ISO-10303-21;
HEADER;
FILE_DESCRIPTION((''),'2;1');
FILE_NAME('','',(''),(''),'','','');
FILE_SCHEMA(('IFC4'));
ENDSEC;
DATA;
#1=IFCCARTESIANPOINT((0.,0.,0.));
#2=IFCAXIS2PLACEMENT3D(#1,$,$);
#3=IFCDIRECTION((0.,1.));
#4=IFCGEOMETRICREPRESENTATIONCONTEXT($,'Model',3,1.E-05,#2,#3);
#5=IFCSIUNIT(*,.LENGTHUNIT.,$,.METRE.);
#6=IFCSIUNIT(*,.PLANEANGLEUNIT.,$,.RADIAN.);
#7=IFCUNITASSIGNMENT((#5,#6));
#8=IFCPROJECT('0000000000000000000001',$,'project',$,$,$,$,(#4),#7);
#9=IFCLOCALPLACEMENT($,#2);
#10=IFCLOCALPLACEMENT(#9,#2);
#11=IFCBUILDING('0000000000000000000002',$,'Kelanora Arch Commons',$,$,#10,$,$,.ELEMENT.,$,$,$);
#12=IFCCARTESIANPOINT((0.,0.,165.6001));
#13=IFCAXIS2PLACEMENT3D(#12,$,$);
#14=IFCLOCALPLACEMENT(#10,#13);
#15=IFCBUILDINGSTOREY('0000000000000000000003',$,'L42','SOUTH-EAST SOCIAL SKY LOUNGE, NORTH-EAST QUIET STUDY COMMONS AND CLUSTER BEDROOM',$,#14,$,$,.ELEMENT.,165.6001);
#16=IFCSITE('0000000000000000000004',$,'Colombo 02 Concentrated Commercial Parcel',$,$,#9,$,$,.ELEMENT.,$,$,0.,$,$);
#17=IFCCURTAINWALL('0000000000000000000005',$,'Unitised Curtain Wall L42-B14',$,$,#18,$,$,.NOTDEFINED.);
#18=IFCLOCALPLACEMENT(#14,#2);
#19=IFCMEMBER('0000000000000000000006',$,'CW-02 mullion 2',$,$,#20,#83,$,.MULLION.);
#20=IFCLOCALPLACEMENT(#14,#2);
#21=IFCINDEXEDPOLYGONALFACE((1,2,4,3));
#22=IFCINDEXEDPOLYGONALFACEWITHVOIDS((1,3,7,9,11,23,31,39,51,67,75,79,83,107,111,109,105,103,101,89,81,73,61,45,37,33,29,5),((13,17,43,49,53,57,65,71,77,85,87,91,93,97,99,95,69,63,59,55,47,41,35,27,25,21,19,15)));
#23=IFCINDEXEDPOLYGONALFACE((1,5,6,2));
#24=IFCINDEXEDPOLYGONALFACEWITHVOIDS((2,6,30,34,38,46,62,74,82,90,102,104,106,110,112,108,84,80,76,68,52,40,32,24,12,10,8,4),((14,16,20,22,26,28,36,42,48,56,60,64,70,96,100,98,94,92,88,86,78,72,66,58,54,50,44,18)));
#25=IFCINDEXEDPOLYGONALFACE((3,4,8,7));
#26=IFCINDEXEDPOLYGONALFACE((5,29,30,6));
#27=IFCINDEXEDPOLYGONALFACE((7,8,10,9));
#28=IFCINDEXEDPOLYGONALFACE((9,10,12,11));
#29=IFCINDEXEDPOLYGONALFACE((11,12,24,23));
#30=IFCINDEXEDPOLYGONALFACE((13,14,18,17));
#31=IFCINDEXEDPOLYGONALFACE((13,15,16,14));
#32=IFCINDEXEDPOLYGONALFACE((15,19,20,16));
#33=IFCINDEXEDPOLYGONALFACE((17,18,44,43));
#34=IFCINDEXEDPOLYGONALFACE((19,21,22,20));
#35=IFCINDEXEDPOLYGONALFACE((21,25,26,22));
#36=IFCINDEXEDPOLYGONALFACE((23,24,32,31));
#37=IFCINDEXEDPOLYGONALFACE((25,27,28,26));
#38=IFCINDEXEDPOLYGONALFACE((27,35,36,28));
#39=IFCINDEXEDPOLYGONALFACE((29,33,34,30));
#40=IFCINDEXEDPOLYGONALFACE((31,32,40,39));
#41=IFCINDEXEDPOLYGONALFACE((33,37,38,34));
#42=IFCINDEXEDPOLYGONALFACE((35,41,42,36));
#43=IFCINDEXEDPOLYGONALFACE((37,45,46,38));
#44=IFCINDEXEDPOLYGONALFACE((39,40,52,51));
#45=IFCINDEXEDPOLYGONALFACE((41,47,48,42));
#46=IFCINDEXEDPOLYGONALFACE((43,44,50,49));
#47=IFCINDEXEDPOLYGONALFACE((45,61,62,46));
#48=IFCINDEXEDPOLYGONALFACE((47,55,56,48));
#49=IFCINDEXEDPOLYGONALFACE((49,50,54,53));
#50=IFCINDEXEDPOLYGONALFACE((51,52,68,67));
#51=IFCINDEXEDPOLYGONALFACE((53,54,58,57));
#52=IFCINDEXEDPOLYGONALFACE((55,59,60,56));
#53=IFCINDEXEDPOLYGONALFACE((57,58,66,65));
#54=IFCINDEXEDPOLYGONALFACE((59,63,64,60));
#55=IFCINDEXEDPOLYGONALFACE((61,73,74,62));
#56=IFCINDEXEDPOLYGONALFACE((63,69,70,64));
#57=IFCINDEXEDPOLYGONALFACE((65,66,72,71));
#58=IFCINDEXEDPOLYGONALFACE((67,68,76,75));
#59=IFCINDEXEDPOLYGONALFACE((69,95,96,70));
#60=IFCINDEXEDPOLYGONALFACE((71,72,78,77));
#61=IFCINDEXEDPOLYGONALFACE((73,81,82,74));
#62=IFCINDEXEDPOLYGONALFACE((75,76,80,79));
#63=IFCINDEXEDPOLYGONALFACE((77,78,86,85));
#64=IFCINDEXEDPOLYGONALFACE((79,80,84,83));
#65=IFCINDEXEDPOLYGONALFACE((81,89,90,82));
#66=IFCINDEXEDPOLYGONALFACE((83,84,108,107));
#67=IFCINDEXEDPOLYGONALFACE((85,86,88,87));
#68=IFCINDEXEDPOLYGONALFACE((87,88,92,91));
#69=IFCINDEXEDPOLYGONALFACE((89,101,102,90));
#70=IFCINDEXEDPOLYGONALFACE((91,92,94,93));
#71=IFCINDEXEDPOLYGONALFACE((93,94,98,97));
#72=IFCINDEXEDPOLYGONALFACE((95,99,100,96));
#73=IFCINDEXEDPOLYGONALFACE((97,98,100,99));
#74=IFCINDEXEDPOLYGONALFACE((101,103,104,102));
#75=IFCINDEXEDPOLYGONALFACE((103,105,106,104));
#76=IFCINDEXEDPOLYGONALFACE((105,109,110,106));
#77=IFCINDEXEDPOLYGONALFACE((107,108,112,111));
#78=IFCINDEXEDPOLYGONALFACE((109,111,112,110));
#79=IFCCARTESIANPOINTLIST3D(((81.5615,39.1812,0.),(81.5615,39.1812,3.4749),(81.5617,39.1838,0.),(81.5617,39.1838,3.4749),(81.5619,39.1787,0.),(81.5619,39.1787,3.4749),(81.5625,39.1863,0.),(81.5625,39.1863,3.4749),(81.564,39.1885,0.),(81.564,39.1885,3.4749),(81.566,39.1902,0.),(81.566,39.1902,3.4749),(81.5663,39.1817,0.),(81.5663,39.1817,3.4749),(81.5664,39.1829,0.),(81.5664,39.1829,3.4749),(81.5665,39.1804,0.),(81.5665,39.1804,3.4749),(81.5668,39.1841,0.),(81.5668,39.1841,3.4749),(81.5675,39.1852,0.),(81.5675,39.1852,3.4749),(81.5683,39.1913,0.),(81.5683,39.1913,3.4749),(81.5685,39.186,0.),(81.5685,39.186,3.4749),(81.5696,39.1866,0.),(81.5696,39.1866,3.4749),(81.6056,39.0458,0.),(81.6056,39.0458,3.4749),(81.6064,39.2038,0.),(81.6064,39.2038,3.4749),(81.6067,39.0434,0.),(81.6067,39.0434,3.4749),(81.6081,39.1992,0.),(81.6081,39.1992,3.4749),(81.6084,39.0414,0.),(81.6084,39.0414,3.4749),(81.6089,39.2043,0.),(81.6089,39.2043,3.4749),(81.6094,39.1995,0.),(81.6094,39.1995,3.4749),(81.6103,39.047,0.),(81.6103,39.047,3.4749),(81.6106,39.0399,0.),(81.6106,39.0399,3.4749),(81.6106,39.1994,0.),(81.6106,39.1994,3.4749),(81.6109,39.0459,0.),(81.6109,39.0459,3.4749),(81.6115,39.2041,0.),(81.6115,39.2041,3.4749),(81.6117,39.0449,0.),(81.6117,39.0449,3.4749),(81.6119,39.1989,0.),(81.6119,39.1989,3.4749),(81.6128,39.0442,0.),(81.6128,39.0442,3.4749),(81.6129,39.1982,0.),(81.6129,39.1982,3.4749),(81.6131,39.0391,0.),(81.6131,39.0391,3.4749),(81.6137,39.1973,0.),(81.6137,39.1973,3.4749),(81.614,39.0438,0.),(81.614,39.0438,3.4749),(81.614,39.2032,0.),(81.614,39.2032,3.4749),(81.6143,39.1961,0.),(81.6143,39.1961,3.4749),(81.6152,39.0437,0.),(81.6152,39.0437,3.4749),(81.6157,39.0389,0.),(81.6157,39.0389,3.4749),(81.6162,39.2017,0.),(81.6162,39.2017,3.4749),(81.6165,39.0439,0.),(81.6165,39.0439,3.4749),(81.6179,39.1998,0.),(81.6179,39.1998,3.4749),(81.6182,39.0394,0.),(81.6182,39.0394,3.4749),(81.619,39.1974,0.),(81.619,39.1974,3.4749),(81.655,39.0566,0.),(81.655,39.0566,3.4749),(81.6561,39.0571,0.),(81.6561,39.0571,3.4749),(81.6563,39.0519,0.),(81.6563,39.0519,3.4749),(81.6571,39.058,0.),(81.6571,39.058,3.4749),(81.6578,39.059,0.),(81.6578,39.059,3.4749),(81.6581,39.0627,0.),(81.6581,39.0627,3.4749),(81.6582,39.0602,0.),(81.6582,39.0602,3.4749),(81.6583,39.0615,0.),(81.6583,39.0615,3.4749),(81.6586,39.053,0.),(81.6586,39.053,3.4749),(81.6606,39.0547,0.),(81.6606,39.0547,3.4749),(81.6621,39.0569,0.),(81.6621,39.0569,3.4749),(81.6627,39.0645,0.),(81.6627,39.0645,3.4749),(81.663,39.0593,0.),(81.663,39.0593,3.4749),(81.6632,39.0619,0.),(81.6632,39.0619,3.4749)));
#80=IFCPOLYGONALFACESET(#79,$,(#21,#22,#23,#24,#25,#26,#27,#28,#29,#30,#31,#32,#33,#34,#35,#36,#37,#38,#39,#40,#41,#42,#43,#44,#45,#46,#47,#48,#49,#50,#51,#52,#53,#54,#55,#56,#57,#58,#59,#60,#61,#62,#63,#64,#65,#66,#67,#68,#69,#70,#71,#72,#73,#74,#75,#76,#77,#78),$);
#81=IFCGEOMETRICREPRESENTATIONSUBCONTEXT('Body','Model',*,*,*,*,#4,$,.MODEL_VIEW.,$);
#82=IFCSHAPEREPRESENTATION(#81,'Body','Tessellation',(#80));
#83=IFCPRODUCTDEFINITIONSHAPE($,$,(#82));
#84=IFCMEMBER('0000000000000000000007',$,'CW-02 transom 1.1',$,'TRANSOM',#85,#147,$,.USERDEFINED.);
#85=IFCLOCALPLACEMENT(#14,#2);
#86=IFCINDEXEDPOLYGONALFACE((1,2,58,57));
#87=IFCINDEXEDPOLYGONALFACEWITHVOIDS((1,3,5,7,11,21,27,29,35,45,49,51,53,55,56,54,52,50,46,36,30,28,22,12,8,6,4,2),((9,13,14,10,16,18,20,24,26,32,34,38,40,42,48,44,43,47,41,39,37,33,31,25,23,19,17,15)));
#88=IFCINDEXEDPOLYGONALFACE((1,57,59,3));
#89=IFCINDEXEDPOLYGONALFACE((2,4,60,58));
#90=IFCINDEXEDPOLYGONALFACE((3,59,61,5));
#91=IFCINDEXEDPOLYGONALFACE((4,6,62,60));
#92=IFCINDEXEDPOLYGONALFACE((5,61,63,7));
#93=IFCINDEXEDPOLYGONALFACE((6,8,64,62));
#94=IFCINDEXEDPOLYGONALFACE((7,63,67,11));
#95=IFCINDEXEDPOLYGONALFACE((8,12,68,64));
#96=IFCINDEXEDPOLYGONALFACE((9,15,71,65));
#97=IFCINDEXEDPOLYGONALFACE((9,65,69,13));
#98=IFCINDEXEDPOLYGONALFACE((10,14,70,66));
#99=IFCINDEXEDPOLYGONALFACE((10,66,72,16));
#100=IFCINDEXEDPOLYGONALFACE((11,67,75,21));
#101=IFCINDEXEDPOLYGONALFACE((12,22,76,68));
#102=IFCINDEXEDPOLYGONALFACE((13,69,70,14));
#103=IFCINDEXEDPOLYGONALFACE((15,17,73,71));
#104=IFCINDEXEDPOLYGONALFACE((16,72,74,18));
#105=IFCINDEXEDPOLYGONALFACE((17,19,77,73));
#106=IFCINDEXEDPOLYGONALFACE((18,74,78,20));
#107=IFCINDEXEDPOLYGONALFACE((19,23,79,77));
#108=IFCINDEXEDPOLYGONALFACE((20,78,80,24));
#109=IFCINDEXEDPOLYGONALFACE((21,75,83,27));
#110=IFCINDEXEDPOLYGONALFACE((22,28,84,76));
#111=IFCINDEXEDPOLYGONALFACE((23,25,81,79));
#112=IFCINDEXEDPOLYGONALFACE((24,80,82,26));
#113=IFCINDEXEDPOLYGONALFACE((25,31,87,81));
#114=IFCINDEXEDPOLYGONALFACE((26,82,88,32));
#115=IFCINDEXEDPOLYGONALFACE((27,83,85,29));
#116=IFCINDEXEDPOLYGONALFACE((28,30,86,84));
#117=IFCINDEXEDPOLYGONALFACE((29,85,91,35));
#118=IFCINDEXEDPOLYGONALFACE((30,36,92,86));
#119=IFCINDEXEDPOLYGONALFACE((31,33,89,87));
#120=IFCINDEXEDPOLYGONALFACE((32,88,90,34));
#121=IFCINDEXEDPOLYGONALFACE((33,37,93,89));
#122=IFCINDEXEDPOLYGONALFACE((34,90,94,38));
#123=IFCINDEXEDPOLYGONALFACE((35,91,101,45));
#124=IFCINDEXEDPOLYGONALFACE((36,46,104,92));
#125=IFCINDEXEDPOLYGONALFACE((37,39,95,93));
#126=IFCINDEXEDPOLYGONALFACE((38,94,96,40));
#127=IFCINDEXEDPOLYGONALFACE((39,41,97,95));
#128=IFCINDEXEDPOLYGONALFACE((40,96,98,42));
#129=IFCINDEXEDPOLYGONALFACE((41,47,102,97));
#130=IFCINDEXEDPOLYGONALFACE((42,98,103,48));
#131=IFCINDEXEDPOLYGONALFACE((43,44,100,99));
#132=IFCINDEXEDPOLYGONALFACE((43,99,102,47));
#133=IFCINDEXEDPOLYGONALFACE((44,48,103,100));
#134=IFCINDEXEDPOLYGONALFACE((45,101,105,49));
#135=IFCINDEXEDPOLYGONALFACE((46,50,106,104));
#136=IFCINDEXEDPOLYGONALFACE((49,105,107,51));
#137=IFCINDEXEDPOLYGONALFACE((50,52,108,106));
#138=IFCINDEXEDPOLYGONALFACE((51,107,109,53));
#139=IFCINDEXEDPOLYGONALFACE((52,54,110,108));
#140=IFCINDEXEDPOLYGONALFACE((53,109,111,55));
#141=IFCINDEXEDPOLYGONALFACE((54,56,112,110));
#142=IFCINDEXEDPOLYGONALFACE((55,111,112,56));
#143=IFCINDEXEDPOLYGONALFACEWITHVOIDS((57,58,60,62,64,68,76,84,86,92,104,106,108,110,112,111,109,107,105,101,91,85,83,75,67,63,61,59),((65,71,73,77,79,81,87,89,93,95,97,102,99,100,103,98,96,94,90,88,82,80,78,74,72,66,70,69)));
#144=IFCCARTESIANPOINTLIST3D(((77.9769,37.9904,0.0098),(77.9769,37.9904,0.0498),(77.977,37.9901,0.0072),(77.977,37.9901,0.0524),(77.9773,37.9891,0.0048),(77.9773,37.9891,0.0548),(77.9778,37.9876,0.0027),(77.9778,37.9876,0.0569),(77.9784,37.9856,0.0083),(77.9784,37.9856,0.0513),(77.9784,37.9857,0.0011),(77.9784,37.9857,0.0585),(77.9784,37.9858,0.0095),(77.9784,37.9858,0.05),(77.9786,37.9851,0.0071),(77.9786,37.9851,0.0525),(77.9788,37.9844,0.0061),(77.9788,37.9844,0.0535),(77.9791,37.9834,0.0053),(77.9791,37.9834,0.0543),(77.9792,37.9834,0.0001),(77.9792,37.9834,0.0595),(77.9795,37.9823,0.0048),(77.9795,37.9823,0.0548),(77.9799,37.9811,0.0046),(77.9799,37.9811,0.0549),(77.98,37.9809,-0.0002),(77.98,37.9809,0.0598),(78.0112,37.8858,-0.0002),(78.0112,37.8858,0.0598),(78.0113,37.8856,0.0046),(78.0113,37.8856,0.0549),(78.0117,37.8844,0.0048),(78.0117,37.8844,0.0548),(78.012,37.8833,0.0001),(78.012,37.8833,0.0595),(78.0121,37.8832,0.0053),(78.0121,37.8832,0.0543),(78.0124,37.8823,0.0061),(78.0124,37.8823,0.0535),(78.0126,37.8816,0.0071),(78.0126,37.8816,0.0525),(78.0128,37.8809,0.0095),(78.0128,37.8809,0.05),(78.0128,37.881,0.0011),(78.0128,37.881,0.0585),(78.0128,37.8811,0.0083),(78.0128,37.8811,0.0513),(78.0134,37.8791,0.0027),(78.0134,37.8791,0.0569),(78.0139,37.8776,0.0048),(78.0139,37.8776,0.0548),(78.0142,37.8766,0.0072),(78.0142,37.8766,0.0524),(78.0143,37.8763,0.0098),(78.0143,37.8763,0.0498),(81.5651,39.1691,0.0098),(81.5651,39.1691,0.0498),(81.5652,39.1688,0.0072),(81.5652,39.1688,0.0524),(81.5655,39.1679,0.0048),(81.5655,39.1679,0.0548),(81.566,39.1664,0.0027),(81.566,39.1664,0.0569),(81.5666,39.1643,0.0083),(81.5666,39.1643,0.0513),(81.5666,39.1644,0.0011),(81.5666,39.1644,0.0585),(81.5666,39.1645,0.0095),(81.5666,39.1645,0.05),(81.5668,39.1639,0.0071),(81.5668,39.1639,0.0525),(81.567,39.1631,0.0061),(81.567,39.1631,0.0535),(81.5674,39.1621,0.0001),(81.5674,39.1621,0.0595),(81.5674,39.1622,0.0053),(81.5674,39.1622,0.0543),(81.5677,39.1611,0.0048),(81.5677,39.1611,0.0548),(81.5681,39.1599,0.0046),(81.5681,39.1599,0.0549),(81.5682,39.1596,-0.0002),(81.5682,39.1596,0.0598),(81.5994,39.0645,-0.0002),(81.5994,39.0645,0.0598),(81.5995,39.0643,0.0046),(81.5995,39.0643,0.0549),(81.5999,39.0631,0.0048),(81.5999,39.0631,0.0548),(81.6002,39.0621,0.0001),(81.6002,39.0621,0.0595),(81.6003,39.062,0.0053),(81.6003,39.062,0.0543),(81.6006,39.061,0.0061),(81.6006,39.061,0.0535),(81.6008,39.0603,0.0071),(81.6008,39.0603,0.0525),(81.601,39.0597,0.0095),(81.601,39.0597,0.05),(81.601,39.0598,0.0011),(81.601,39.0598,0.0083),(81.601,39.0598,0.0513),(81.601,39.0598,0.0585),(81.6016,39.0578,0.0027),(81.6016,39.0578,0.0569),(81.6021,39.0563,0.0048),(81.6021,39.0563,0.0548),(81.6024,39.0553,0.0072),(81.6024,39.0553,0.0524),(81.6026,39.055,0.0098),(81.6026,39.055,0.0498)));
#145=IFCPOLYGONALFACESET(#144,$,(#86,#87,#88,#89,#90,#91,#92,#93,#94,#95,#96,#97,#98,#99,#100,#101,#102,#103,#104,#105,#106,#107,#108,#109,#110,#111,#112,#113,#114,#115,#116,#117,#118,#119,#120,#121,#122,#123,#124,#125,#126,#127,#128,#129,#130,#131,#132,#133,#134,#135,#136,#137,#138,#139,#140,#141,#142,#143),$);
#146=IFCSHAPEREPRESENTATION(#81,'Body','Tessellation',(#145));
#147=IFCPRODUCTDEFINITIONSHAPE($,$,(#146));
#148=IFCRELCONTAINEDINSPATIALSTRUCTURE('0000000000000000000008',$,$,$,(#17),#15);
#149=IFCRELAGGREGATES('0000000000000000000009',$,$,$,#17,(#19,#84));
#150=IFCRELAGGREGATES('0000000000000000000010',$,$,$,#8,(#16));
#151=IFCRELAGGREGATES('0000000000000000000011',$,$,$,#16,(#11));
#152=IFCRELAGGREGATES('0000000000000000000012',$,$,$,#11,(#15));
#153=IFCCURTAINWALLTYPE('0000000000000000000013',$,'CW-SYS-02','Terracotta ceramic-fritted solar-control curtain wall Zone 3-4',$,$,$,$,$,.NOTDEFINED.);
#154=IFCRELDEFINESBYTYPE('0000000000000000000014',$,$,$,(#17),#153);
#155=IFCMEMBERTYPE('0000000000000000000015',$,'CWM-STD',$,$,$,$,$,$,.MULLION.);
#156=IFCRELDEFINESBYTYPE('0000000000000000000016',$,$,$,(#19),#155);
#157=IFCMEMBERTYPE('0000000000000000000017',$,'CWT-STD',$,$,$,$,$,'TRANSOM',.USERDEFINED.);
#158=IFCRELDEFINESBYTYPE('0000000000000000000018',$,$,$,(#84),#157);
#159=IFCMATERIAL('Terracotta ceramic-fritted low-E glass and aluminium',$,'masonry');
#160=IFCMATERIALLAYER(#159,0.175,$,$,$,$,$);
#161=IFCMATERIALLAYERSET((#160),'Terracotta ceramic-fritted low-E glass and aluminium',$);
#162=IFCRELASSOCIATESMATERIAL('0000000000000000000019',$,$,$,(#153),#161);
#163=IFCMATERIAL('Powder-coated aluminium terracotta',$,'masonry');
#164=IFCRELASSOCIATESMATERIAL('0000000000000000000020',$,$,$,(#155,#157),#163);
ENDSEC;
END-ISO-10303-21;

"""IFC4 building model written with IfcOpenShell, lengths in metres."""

from ifc_helpers import new_model, si_unit, direction, frame, origin, origin_2d, place, context, subcontext, project, spatial, hollow_rectangle, extrude, material, layer, layer_set, material_profile, profile_set, type_object, element, aggregate, save


model = new_model("IFC4")

# Units and contexts
model_context = context("Model", 3, precision=1e-05, world=origin(), true_north=direction((0.0, 1.0)))
body_context = subcontext(model_context, "Body", "Model", "MODEL_VIEW")
ifc_project = project(units=[si_unit("LENGTHUNIT", "METRE"), si_unit("PLANEANGLEUNIT", "RADIAN")], contexts=[model_context])

# Site, building, storey
site_placement = place(None, origin())
site = spatial("IfcSite", under=ifc_project, at=site_placement, Name="Colombo 02 Concentrated Commercial Parcel", CompositionType="ELEMENT", RefElevation=0.0)
building_placement = place(site_placement, origin())
building = spatial("IfcBuilding", under=site, at=building_placement, Name="Kelanora Arch Commons", CompositionType="ELEMENT")
storey_placement = place(building_placement, frame((0.0, 0.0, 165.6001)))
storey = spatial("IfcBuildingStorey", under=building, at=storey_placement, Name="L42", Description="SOUTH-EAST SOCIAL SKY LOUNGE, NORTH-EAST QUIET STUDY COMMONS AND CLUSTER BEDROOM", CompositionType="ELEMENT", Elevation=165.6001)

# Curtain wall, members
ifc_material_1 = material(Name="Terracotta ceramic-fritted low-E glass and aluminium", Category="masonry")
ifc_layer_1 = layer(ifc_material_1, 0.175)
ifc_layer_set_1 = layer_set([ifc_layer_1], Name="Terracotta ceramic-fritted low-E glass and aluminium")
curtain_wall_type = type_object("IfcCurtainWallType", Name="CW-SYS-02", Description="Terracotta ceramic-fritted solar-control curtain wall Zone 3-4", PredefinedType="NOTDEFINED", material=ifc_layer_set_1)
curtain_wall_placement = place(storey_placement, origin())
curtain_wall = element("IfcCurtainWall", 1, at=curtain_wall_placement, inside=storey, type_object=curtain_wall_type, Name="Unitised Curtain Wall L42-B14", PredefinedType="NOTDEFINED")
ifc_material_2 = material(Name="Powder-coated aluminium terracotta", Category="masonry")
ifc_material_profile_1 = material_profile(ifc_material_2, hollow_rectangle(XDim=0.1599, YDim=0.0601, WallThickness=0.0049, InnerFilletRadius=0.0049, OuterFilletRadius=0.01, at=origin_2d()), Name="CWM160x60")
ifc_profile_set_1 = profile_set([ifc_material_profile_1], Name="Powder-coated aluminium terracotta")
member_type_1 = type_object("IfcMemberType", Name="CWM-STD", PredefinedType="MULLION", material=ifc_profile_set_1)
member_1_placement = place(storey_placement, frame((81.6123, 39.1216, 0.0), z_axis=(0.0, 0.0, 1.0), x_axis=(-0.312128, 0.95004, 0.0)))
member_1 = element("IfcMember", 2, at=member_1_placement, type_object=member_type_1, Name="CW-02 mullion 2", PredefinedType="MULLION", context=body_context, shape_type="SweptSolid", body=[
    extrude(hollow_rectangle(XDim=0.1599, YDim=0.0601, WallThickness=0.0049, InnerFilletRadius=0.0049, OuterFilletRadius=0.01, at=origin_2d()), origin(), (0.0, 0.0, 1.0), 3.4749),
])
ifc_material_profile_2 = material_profile(ifc_material_2, hollow_rectangle(XDim=0.1201, YDim=0.0601, WallThickness=0.0049, InnerFilletRadius=0.0049, OuterFilletRadius=0.01, at=origin_2d()), Name="CWT120x60")
ifc_profile_set_2 = profile_set([ifc_material_profile_2], Name="Powder-coated aluminium terracotta")
member_type_2 = type_object("IfcMemberType", Name="CWT-STD", ElementType="TRANSOM", PredefinedType="USERDEFINED", material=ifc_profile_set_2)
member_2_placement = place(storey_placement, frame((77.9956, 37.9333, 0.0298), z_axis=(0.950051, 0.312094, 0.0), x_axis=(-0.312094, 0.950051, 0.0)))
member_2 = element("IfcMember", 3, at=member_2_placement, type_object=member_type_2, Name="CW-02 transom 1.1", ObjectType="TRANSOM", PredefinedType="USERDEFINED", context=body_context, shape_type="SweptSolid", body=[
    extrude(hollow_rectangle(XDim=0.1201, YDim=0.0601, WallThickness=0.0049, InnerFilletRadius=0.0049, OuterFilletRadius=0.01, at=origin_2d()), origin(), (0.0, 0.0, 1.0), 3.7769),
])
aggregate(curtain_wall, [member_1, member_2])

save(model, "model.ifc")
